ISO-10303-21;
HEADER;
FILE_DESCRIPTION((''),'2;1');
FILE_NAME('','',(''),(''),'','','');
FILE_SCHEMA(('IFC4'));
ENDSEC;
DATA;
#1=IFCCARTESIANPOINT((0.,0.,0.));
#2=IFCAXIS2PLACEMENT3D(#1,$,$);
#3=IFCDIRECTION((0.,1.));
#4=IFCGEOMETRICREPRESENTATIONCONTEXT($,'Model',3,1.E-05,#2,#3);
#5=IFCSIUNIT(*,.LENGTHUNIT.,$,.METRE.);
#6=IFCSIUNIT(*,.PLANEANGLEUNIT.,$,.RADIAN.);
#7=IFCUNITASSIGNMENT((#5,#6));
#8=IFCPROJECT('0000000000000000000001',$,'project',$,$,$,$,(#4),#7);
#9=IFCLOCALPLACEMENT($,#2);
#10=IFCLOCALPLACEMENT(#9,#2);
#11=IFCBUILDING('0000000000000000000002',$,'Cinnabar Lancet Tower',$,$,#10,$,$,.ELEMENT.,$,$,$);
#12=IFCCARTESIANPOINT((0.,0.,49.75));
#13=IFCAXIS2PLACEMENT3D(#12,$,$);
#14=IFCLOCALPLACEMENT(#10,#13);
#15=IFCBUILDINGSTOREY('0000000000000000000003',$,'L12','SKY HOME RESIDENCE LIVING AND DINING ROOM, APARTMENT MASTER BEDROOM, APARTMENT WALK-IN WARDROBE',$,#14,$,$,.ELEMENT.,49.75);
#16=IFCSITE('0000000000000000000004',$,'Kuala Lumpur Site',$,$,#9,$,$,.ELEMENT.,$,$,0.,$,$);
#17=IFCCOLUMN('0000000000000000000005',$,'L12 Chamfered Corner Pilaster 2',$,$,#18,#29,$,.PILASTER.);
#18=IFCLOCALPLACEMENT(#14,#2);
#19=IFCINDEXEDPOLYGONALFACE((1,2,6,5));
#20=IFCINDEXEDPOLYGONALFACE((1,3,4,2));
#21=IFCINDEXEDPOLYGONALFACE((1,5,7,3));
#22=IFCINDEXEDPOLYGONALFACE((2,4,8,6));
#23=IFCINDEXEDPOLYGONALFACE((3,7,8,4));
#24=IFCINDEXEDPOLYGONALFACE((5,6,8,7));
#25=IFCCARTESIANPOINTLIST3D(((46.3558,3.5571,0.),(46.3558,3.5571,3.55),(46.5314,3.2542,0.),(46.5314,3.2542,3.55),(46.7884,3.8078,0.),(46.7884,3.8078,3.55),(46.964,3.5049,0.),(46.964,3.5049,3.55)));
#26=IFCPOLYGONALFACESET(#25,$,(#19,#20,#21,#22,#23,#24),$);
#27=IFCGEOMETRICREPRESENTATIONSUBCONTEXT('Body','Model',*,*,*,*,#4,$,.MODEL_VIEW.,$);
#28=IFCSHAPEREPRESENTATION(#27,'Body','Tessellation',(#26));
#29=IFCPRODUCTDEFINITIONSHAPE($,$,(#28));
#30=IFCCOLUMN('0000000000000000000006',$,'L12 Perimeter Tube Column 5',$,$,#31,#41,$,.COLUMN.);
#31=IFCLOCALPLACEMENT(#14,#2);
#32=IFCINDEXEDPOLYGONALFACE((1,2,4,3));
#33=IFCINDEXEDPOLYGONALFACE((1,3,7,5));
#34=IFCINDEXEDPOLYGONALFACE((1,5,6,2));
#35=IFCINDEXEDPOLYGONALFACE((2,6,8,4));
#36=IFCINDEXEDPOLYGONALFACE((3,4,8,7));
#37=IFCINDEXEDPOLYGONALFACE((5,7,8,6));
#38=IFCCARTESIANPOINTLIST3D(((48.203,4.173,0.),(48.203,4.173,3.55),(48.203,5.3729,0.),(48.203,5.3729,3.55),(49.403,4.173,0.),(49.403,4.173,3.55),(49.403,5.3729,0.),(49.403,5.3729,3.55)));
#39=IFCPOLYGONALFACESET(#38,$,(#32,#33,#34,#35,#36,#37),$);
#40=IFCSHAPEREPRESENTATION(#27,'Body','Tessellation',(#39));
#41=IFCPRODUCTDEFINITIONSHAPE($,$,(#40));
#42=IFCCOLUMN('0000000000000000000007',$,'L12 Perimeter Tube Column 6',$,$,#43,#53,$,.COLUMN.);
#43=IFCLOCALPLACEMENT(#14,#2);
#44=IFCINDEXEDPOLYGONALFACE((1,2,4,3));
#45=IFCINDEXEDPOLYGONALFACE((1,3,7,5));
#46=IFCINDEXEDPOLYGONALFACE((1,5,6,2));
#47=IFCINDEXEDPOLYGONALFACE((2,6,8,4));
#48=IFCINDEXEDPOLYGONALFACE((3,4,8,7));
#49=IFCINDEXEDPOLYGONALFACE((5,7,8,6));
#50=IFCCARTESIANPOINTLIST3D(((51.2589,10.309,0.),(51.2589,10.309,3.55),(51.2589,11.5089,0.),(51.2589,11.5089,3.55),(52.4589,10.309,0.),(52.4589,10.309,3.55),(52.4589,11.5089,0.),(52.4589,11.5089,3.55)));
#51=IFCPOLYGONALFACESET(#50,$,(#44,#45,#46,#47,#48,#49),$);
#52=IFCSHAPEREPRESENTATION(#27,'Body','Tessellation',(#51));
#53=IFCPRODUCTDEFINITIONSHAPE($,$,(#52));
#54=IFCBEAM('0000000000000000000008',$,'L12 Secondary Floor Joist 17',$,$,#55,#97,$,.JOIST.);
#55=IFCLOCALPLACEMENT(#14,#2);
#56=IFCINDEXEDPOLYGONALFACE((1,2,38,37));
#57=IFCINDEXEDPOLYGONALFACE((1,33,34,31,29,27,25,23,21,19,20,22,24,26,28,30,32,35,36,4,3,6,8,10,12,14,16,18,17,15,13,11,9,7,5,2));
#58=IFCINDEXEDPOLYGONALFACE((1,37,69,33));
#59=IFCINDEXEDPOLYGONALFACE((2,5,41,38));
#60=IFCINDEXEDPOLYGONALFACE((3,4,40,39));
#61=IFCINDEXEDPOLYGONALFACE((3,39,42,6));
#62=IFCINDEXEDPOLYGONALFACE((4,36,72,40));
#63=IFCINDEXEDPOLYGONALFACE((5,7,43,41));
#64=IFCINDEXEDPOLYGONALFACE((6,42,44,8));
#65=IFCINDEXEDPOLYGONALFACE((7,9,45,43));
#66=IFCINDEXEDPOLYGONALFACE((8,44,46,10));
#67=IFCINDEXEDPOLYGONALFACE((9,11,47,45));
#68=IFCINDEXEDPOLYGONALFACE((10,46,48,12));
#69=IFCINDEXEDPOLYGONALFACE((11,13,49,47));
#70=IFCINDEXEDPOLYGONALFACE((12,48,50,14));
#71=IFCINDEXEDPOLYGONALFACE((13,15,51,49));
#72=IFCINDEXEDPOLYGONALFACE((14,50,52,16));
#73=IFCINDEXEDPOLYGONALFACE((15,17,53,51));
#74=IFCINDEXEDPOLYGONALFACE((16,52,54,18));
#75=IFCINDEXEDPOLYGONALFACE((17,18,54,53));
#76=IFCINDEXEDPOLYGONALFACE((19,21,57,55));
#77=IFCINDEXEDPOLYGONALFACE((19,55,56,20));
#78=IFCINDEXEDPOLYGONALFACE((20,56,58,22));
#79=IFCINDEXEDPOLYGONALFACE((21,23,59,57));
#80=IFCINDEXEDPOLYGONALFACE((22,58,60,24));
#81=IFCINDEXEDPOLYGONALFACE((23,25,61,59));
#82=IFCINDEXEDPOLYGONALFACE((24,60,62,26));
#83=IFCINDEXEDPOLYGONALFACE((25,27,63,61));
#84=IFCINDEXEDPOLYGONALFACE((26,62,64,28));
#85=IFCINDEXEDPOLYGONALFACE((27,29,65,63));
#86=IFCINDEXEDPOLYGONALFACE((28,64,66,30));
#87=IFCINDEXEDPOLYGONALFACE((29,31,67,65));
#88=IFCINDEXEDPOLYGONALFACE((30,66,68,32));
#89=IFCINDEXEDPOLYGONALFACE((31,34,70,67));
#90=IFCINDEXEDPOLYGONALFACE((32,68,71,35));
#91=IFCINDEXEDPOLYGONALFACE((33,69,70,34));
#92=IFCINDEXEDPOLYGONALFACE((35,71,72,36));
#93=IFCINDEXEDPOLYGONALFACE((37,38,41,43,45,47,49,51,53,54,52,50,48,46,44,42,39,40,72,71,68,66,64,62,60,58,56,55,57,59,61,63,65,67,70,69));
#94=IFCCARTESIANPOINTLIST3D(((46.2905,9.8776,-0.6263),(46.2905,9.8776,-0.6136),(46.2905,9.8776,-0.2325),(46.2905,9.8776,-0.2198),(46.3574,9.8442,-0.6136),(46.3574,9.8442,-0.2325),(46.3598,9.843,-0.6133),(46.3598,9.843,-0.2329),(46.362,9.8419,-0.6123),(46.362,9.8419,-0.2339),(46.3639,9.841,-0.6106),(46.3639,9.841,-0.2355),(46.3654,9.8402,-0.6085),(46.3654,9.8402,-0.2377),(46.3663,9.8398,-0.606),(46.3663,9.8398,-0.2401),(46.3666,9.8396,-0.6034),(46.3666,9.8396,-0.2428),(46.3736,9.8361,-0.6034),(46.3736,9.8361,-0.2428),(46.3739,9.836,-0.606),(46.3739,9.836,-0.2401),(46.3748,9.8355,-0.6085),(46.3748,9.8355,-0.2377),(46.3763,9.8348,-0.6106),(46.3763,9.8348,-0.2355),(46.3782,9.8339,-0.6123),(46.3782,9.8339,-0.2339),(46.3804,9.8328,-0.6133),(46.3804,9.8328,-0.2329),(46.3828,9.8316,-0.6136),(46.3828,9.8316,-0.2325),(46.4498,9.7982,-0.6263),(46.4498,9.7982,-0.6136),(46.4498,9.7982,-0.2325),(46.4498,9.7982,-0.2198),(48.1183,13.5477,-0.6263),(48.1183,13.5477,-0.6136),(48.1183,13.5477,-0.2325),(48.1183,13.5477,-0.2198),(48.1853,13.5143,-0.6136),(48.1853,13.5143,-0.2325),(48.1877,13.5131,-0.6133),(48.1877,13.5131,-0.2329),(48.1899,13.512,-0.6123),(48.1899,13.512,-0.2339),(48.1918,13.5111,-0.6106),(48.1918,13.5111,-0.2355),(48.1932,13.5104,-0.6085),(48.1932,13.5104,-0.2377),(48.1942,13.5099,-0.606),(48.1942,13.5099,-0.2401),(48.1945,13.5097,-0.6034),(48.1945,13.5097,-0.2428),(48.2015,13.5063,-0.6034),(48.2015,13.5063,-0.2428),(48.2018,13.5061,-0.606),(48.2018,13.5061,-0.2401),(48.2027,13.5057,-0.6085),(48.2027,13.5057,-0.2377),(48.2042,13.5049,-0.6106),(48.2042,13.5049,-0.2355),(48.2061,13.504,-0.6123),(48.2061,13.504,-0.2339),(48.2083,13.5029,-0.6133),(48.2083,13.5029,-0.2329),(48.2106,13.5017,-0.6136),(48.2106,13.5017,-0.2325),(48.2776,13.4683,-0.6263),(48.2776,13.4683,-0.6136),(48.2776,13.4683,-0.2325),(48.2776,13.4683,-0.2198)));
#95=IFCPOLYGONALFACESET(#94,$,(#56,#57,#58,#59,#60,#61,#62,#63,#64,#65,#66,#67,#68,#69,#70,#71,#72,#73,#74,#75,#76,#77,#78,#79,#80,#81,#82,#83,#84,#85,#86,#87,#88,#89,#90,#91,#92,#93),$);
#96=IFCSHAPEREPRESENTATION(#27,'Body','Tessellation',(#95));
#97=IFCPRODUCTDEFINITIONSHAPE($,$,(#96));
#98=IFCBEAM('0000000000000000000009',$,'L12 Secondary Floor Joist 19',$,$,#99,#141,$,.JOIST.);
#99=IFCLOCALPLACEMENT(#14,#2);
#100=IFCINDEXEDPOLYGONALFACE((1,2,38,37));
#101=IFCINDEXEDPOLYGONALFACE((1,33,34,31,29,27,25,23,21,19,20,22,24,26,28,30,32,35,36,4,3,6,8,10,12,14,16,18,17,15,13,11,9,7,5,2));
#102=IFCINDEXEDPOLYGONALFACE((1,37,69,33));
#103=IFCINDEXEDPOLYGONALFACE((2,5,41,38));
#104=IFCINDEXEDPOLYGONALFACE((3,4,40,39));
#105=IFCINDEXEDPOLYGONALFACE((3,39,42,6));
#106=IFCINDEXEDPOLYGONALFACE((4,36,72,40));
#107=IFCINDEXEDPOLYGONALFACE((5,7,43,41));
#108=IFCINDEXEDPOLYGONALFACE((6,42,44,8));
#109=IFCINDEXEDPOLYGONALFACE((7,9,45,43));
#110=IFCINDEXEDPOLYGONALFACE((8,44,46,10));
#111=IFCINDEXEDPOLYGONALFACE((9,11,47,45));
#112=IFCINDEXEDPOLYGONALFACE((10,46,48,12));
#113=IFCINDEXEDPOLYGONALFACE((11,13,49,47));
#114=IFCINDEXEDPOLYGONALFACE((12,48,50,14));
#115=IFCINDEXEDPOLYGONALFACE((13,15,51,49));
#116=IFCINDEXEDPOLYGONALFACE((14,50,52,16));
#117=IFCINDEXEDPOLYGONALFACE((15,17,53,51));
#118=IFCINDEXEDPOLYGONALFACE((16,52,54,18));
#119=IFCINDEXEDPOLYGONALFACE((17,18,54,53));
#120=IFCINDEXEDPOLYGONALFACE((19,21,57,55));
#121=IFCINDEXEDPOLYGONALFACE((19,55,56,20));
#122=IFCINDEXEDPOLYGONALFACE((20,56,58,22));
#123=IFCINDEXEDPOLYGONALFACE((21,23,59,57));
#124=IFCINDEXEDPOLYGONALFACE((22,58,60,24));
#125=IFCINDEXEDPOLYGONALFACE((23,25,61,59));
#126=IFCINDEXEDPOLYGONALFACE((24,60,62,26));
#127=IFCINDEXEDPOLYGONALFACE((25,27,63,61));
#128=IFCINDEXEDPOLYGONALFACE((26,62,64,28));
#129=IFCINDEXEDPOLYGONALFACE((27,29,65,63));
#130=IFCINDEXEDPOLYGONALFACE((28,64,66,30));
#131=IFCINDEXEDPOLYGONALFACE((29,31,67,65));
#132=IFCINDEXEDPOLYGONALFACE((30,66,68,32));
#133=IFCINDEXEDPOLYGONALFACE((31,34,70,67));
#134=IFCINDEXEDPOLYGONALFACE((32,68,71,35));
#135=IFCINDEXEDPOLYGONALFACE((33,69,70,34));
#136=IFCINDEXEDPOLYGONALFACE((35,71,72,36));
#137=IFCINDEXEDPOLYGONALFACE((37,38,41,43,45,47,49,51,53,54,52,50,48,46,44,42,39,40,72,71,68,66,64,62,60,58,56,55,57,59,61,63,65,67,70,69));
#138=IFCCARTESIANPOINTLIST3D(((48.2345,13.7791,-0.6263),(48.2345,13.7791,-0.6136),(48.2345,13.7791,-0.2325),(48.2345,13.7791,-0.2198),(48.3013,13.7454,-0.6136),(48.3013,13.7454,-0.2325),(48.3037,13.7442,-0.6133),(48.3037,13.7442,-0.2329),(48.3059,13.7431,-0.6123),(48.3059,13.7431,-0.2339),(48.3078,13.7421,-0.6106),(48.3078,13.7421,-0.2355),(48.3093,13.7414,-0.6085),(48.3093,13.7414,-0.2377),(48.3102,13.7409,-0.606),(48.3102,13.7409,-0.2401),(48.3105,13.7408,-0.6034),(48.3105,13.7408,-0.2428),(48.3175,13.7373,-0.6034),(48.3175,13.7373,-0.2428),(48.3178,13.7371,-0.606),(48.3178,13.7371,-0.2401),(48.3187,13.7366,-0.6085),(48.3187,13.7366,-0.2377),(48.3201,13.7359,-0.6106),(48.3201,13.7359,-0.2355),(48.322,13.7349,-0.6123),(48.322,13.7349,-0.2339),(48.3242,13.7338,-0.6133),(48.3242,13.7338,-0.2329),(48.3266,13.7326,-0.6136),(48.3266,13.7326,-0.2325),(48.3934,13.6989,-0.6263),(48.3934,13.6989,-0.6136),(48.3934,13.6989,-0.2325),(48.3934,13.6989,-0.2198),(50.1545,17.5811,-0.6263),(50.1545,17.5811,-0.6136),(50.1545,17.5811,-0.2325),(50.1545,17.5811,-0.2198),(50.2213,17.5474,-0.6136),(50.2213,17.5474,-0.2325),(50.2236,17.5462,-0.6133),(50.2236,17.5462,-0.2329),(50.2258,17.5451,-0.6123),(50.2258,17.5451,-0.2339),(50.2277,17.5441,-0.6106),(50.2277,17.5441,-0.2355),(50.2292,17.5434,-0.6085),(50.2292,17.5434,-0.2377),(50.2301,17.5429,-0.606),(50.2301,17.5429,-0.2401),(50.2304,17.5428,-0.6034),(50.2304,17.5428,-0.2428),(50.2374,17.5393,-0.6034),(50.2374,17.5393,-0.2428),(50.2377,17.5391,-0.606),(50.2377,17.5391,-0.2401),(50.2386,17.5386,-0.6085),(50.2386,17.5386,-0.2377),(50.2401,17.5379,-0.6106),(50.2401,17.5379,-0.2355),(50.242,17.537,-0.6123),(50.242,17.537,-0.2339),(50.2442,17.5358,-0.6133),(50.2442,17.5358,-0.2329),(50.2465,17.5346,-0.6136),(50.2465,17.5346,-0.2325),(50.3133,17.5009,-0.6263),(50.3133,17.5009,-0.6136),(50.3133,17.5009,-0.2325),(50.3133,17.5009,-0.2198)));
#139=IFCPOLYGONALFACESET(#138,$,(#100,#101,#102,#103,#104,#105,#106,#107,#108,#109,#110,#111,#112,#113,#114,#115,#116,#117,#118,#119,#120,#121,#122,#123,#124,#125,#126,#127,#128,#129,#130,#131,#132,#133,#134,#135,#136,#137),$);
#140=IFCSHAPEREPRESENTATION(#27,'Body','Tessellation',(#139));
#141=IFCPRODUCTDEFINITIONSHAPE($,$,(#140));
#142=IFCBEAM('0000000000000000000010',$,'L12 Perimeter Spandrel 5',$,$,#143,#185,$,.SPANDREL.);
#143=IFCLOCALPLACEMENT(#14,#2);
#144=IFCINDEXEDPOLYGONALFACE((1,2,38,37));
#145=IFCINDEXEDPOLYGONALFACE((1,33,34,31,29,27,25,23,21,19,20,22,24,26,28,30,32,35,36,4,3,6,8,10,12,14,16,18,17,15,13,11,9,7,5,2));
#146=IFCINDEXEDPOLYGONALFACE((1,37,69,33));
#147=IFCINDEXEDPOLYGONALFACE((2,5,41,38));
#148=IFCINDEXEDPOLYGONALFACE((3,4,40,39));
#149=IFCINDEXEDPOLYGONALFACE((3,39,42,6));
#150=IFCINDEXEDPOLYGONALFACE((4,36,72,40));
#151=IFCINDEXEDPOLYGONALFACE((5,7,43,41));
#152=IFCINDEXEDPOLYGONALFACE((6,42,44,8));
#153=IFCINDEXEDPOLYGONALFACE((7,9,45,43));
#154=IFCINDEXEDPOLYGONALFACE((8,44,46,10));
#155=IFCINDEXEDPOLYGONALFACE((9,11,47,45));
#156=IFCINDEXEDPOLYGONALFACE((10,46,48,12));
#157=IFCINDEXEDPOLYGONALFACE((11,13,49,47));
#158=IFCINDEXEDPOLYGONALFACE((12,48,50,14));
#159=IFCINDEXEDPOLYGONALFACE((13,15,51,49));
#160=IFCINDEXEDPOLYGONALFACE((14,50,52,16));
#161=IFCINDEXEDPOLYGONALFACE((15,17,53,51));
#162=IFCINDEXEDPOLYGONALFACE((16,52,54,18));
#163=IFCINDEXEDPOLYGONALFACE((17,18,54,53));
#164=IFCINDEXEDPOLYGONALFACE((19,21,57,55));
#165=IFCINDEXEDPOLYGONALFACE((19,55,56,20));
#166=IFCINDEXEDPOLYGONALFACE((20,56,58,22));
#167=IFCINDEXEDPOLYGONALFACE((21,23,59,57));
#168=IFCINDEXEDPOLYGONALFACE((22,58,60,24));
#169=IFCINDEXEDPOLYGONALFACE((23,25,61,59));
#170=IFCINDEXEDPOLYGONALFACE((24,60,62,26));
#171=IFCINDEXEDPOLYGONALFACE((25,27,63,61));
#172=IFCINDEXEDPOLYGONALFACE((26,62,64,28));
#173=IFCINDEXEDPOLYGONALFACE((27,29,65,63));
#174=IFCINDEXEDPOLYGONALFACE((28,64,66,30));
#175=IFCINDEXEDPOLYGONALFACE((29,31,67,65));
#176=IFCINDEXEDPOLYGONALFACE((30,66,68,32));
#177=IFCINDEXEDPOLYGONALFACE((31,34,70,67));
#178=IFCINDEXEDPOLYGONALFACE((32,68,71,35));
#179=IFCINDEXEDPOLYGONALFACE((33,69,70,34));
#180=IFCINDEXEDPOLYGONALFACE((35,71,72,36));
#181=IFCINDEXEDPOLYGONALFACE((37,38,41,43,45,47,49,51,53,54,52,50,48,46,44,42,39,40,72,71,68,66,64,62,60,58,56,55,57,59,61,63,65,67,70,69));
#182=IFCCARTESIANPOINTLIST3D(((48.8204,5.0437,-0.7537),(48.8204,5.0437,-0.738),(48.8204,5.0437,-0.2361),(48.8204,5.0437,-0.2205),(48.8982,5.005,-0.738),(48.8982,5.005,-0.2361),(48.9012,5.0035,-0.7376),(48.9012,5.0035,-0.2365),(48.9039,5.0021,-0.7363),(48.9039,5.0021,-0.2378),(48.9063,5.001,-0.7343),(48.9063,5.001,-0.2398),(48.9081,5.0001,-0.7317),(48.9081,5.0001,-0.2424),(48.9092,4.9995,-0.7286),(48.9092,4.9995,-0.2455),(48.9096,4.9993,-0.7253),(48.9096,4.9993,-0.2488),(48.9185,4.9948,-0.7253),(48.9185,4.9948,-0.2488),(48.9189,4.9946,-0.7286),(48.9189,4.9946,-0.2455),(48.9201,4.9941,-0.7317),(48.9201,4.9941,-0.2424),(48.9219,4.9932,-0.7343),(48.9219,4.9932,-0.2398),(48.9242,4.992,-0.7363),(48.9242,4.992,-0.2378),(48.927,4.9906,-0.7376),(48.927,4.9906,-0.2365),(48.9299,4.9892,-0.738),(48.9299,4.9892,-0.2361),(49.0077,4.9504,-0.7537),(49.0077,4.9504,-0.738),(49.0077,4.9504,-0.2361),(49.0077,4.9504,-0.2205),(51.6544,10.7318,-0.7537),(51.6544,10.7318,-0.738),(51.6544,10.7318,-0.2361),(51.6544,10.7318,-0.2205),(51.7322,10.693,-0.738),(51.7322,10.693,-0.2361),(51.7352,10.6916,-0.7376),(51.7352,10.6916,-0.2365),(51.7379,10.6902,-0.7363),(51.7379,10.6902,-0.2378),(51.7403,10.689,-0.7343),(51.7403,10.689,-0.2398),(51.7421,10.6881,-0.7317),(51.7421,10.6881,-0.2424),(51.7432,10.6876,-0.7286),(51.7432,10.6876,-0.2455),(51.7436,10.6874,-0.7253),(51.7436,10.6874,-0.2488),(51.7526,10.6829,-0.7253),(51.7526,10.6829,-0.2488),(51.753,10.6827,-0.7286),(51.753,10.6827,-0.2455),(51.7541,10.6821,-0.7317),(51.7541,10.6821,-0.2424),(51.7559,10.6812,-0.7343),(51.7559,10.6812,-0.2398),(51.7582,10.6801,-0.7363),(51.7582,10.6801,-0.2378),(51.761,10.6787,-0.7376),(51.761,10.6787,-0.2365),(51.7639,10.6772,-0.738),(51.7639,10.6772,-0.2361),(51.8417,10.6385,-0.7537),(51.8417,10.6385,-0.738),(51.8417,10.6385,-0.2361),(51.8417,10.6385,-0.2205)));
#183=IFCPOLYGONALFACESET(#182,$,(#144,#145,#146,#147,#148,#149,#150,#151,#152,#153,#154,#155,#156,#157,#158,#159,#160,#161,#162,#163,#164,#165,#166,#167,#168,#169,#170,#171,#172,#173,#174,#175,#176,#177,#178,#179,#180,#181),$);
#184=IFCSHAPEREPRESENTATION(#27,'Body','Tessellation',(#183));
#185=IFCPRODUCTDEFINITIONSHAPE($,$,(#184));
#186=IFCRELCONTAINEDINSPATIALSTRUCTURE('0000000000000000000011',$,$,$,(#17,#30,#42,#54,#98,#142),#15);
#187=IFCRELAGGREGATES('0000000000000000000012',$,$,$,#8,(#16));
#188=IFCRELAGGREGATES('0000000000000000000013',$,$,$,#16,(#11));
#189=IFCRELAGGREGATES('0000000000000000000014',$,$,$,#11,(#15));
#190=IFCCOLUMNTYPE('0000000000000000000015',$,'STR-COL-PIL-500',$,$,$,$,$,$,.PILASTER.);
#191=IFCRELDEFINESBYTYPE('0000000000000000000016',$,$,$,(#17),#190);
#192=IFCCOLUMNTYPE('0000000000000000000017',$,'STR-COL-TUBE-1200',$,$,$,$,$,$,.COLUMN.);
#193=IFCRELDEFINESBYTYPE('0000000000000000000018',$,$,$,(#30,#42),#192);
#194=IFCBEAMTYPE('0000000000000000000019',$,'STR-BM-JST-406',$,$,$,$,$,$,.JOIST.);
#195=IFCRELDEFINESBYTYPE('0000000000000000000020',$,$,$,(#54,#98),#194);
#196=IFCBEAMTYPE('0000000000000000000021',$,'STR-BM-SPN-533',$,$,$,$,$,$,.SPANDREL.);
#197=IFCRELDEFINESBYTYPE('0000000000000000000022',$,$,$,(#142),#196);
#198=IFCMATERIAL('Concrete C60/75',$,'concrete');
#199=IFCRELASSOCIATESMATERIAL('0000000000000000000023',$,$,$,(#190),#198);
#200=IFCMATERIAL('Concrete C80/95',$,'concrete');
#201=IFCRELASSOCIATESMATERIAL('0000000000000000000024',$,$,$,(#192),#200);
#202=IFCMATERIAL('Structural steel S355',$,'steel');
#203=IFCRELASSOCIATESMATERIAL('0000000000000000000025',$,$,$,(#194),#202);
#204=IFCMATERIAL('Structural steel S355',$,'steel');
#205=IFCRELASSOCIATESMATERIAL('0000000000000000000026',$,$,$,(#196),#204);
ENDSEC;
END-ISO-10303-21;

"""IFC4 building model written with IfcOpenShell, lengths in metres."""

from ifc_helpers import new_model, si_unit, direction, frame, origin, origin_2d, place, context, subcontext, project, spatial, rectangle, i_section, extrude, material, material_profile, profile_set, type_object, element, save


model = new_model("IFC4")

# Units and contexts
model_context = context("Model", 3, precision=1e-05, world=origin(), true_north=direction((0.0, 1.0)))
body_context = subcontext(model_context, "Body", "Model", "MODEL_VIEW")
ifc_project = project(units=[si_unit("LENGTHUNIT", "METRE"), si_unit("PLANEANGLEUNIT", "RADIAN")], contexts=[model_context])

# Site, building, storey
site_placement = place(None, origin())
site = spatial("IfcSite", under=ifc_project, at=site_placement, Name="Kuala Lumpur Site", CompositionType="ELEMENT", RefElevation=0.0)
building_placement = place(site_placement, origin())
building = spatial("IfcBuilding", under=site, at=building_placement, Name="Cinnabar Lancet Tower", CompositionType="ELEMENT")
storey_placement = place(building_placement, frame((0.0, 0.0, 49.75)))
storey = spatial("IfcBuildingStorey", under=building, at=storey_placement, Name="L12", Description="SKY HOME RESIDENCE LIVING AND DINING ROOM, APARTMENT MASTER BEDROOM, APARTMENT WALK-IN WARDROBE", CompositionType="ELEMENT", Elevation=49.75)

# Columns
ifc_material_1 = material(Name="Concrete C60/75", Category="concrete")
ifc_material_profile_1 = material_profile(ifc_material_1, rectangle(XDim=0.5, YDim=0.3501, at=origin_2d()), Name="RC-PIL 500x350")
ifc_profile_set_1 = profile_set([ifc_material_profile_1], Name="Concrete C60/75")
column_type_1 = type_object("IfcColumnType", Name="STR-COL-PIL-500", PredefinedType="PILASTER", material=ifc_profile_set_1)
column_placement = place(storey_placement, frame((46.6599, 3.531, 0.0), z_axis=(0.0, 0.0, 1.0), x_axis=(0.865195, 0.501435, 0.0)))
element("IfcColumn", 1, at=column_placement, inside=storey, type_object=column_type_1, Name="L12 Chamfered Corner Pilaster 2", PredefinedType="PILASTER", context=body_context, shape_type="SweptSolid", body=[
    extrude(rectangle(XDim=0.5, YDim=0.3501, at=origin_2d()), origin(), (0.0, 0.0, 1.0), 3.55),
])
ifc_material_2 = material(Name="Concrete C80/95", Category="concrete")
ifc_material_profile_2 = material_profile(ifc_material_2, rectangle(XDim=1.2, YDim=1.2, at=origin_2d()), Name="RC-COL 1200x1200")
ifc_profile_set_2 = profile_set([ifc_material_profile_2], Name="Concrete C80/95")
column_type_2 = type_object("IfcColumnType", Name="STR-COL-TUBE-1200", PredefinedType="COLUMN", material=ifc_profile_set_2)
for number, where, z_axis, x_axis, name in (
    (2, (48.803, 4.7729, 0.0), (0.0, 0.0, 1.0), (1.0, 0.0, 0.0), "L12 Perimeter Tube Column 5"),
    (3, (51.8589, 10.9089, 0.0), (0.0, 0.0, 1.0), (1.0, 0.0, 0.0), "L12 Perimeter Tube Column 6"),
):
    element("IfcColumn", number, at=place(storey_placement, frame(where, z_axis=z_axis, x_axis=x_axis)), inside=storey, type_object=column_type_2, Name=name, PredefinedType="COLUMN", context=body_context, shape_type="SweptSolid", body=[
        extrude(rectangle(XDim=1.2, YDim=1.2, at=origin_2d()), origin(), (0.0, 0.0, 1.0), 3.55),
    ])

# Beams
ifc_material_3 = material(Name="Structural steel S355", Category="steel")
ifc_material_profile_3 = material_profile(ifc_material_3, i_section(OverallWidth=0.178, OverallDepth=0.4065, WebThickness=0.0078, FlangeThickness=0.0127, FilletRadius=0.0103, at=origin_2d()), Name="UKB 406x178x60")
ifc_profile_set_3 = profile_set([ifc_material_profile_3], Name="Structural steel S355")
beam_type_1 = type_object("IfcBeamType", Name="STR-BM-JST-406", PredefinedType="JOIST", material=ifc_profile_set_3)
beam_1_placement = place(storey_placement, frame((46.3701, 9.8379, -0.4231), z_axis=(0.445808, 0.895129, 0.0), x_axis=(-0.895129, 0.445808, 0.0)))
element("IfcBeam", 4, at=beam_1_placement, inside=storey, type_object=beam_type_1, Name="L12 Secondary Floor Joist 17", PredefinedType="JOIST", context=body_context, shape_type="SweptSolid", body=[
    extrude(i_section(OverallWidth=0.178, OverallDepth=0.4065, WebThickness=0.0078, FlangeThickness=0.0127, FilletRadius=0.0103, at=origin_2d()), origin(), (0.0, 0.0, 1.0), 4.1001),
])
beam_2_placement = place(storey_placement, frame((48.314, 13.739, -0.4231), z_axis=(0.450764, 0.892643, 0.0), x_axis=(-0.892643, 0.450764, 0.0)))
element("IfcBeam", 5, at=beam_2_placement, inside=storey, type_object=beam_type_1, Name="L12 Secondary Floor Joist 19", PredefinedType="JOIST", context=body_context, shape_type="SweptSolid", body=[
    extrude(i_section(OverallWidth=0.178, OverallDepth=0.4065, WebThickness=0.0078, FlangeThickness=0.0127, FilletRadius=0.0103, at=origin_2d()), origin(), (0.0, 0.0, 1.0), 4.2593),
])
ifc_material_4 = material(Name="Structural steel S355", Category="steel")
ifc_material_profile_4 = material_profile(ifc_material_4, i_section(OverallWidth=0.2092, OverallDepth=0.5332, WebThickness=0.01, FlangeThickness=0.0156, FilletRadius=0.0127, at=origin_2d()), Name="UKB 533x210x92")
ifc_profile_set_4 = profile_set([ifc_material_profile_4], Name="Structural steel S355")
beam_type_2 = type_object("IfcBeamType", Name="STR-BM-SPN-533", PredefinedType="SPANDREL", material=ifc_profile_set_4)
beam_3_placement = place(storey_placement, frame((48.9141, 4.9971, -0.4871), z_axis=(0.445953, 0.895056, 0.0), x_axis=(-0.895056, 0.445953, 0.0)))
element("IfcBeam", 6, at=beam_3_placement, inside=storey, type_object=beam_type_2, Name="L12 Perimeter Spandrel 5", PredefinedType="SPANDREL", context=body_context, shape_type="SweptSolid", body=[
    extrude(i_section(OverallWidth=0.2092, OverallDepth=0.5332, WebThickness=0.01, FlangeThickness=0.0156, FilletRadius=0.0127, at=origin_2d()), origin(), (0.0, 0.0, 1.0), 6.355),
])

save(model, "model.ifc")
